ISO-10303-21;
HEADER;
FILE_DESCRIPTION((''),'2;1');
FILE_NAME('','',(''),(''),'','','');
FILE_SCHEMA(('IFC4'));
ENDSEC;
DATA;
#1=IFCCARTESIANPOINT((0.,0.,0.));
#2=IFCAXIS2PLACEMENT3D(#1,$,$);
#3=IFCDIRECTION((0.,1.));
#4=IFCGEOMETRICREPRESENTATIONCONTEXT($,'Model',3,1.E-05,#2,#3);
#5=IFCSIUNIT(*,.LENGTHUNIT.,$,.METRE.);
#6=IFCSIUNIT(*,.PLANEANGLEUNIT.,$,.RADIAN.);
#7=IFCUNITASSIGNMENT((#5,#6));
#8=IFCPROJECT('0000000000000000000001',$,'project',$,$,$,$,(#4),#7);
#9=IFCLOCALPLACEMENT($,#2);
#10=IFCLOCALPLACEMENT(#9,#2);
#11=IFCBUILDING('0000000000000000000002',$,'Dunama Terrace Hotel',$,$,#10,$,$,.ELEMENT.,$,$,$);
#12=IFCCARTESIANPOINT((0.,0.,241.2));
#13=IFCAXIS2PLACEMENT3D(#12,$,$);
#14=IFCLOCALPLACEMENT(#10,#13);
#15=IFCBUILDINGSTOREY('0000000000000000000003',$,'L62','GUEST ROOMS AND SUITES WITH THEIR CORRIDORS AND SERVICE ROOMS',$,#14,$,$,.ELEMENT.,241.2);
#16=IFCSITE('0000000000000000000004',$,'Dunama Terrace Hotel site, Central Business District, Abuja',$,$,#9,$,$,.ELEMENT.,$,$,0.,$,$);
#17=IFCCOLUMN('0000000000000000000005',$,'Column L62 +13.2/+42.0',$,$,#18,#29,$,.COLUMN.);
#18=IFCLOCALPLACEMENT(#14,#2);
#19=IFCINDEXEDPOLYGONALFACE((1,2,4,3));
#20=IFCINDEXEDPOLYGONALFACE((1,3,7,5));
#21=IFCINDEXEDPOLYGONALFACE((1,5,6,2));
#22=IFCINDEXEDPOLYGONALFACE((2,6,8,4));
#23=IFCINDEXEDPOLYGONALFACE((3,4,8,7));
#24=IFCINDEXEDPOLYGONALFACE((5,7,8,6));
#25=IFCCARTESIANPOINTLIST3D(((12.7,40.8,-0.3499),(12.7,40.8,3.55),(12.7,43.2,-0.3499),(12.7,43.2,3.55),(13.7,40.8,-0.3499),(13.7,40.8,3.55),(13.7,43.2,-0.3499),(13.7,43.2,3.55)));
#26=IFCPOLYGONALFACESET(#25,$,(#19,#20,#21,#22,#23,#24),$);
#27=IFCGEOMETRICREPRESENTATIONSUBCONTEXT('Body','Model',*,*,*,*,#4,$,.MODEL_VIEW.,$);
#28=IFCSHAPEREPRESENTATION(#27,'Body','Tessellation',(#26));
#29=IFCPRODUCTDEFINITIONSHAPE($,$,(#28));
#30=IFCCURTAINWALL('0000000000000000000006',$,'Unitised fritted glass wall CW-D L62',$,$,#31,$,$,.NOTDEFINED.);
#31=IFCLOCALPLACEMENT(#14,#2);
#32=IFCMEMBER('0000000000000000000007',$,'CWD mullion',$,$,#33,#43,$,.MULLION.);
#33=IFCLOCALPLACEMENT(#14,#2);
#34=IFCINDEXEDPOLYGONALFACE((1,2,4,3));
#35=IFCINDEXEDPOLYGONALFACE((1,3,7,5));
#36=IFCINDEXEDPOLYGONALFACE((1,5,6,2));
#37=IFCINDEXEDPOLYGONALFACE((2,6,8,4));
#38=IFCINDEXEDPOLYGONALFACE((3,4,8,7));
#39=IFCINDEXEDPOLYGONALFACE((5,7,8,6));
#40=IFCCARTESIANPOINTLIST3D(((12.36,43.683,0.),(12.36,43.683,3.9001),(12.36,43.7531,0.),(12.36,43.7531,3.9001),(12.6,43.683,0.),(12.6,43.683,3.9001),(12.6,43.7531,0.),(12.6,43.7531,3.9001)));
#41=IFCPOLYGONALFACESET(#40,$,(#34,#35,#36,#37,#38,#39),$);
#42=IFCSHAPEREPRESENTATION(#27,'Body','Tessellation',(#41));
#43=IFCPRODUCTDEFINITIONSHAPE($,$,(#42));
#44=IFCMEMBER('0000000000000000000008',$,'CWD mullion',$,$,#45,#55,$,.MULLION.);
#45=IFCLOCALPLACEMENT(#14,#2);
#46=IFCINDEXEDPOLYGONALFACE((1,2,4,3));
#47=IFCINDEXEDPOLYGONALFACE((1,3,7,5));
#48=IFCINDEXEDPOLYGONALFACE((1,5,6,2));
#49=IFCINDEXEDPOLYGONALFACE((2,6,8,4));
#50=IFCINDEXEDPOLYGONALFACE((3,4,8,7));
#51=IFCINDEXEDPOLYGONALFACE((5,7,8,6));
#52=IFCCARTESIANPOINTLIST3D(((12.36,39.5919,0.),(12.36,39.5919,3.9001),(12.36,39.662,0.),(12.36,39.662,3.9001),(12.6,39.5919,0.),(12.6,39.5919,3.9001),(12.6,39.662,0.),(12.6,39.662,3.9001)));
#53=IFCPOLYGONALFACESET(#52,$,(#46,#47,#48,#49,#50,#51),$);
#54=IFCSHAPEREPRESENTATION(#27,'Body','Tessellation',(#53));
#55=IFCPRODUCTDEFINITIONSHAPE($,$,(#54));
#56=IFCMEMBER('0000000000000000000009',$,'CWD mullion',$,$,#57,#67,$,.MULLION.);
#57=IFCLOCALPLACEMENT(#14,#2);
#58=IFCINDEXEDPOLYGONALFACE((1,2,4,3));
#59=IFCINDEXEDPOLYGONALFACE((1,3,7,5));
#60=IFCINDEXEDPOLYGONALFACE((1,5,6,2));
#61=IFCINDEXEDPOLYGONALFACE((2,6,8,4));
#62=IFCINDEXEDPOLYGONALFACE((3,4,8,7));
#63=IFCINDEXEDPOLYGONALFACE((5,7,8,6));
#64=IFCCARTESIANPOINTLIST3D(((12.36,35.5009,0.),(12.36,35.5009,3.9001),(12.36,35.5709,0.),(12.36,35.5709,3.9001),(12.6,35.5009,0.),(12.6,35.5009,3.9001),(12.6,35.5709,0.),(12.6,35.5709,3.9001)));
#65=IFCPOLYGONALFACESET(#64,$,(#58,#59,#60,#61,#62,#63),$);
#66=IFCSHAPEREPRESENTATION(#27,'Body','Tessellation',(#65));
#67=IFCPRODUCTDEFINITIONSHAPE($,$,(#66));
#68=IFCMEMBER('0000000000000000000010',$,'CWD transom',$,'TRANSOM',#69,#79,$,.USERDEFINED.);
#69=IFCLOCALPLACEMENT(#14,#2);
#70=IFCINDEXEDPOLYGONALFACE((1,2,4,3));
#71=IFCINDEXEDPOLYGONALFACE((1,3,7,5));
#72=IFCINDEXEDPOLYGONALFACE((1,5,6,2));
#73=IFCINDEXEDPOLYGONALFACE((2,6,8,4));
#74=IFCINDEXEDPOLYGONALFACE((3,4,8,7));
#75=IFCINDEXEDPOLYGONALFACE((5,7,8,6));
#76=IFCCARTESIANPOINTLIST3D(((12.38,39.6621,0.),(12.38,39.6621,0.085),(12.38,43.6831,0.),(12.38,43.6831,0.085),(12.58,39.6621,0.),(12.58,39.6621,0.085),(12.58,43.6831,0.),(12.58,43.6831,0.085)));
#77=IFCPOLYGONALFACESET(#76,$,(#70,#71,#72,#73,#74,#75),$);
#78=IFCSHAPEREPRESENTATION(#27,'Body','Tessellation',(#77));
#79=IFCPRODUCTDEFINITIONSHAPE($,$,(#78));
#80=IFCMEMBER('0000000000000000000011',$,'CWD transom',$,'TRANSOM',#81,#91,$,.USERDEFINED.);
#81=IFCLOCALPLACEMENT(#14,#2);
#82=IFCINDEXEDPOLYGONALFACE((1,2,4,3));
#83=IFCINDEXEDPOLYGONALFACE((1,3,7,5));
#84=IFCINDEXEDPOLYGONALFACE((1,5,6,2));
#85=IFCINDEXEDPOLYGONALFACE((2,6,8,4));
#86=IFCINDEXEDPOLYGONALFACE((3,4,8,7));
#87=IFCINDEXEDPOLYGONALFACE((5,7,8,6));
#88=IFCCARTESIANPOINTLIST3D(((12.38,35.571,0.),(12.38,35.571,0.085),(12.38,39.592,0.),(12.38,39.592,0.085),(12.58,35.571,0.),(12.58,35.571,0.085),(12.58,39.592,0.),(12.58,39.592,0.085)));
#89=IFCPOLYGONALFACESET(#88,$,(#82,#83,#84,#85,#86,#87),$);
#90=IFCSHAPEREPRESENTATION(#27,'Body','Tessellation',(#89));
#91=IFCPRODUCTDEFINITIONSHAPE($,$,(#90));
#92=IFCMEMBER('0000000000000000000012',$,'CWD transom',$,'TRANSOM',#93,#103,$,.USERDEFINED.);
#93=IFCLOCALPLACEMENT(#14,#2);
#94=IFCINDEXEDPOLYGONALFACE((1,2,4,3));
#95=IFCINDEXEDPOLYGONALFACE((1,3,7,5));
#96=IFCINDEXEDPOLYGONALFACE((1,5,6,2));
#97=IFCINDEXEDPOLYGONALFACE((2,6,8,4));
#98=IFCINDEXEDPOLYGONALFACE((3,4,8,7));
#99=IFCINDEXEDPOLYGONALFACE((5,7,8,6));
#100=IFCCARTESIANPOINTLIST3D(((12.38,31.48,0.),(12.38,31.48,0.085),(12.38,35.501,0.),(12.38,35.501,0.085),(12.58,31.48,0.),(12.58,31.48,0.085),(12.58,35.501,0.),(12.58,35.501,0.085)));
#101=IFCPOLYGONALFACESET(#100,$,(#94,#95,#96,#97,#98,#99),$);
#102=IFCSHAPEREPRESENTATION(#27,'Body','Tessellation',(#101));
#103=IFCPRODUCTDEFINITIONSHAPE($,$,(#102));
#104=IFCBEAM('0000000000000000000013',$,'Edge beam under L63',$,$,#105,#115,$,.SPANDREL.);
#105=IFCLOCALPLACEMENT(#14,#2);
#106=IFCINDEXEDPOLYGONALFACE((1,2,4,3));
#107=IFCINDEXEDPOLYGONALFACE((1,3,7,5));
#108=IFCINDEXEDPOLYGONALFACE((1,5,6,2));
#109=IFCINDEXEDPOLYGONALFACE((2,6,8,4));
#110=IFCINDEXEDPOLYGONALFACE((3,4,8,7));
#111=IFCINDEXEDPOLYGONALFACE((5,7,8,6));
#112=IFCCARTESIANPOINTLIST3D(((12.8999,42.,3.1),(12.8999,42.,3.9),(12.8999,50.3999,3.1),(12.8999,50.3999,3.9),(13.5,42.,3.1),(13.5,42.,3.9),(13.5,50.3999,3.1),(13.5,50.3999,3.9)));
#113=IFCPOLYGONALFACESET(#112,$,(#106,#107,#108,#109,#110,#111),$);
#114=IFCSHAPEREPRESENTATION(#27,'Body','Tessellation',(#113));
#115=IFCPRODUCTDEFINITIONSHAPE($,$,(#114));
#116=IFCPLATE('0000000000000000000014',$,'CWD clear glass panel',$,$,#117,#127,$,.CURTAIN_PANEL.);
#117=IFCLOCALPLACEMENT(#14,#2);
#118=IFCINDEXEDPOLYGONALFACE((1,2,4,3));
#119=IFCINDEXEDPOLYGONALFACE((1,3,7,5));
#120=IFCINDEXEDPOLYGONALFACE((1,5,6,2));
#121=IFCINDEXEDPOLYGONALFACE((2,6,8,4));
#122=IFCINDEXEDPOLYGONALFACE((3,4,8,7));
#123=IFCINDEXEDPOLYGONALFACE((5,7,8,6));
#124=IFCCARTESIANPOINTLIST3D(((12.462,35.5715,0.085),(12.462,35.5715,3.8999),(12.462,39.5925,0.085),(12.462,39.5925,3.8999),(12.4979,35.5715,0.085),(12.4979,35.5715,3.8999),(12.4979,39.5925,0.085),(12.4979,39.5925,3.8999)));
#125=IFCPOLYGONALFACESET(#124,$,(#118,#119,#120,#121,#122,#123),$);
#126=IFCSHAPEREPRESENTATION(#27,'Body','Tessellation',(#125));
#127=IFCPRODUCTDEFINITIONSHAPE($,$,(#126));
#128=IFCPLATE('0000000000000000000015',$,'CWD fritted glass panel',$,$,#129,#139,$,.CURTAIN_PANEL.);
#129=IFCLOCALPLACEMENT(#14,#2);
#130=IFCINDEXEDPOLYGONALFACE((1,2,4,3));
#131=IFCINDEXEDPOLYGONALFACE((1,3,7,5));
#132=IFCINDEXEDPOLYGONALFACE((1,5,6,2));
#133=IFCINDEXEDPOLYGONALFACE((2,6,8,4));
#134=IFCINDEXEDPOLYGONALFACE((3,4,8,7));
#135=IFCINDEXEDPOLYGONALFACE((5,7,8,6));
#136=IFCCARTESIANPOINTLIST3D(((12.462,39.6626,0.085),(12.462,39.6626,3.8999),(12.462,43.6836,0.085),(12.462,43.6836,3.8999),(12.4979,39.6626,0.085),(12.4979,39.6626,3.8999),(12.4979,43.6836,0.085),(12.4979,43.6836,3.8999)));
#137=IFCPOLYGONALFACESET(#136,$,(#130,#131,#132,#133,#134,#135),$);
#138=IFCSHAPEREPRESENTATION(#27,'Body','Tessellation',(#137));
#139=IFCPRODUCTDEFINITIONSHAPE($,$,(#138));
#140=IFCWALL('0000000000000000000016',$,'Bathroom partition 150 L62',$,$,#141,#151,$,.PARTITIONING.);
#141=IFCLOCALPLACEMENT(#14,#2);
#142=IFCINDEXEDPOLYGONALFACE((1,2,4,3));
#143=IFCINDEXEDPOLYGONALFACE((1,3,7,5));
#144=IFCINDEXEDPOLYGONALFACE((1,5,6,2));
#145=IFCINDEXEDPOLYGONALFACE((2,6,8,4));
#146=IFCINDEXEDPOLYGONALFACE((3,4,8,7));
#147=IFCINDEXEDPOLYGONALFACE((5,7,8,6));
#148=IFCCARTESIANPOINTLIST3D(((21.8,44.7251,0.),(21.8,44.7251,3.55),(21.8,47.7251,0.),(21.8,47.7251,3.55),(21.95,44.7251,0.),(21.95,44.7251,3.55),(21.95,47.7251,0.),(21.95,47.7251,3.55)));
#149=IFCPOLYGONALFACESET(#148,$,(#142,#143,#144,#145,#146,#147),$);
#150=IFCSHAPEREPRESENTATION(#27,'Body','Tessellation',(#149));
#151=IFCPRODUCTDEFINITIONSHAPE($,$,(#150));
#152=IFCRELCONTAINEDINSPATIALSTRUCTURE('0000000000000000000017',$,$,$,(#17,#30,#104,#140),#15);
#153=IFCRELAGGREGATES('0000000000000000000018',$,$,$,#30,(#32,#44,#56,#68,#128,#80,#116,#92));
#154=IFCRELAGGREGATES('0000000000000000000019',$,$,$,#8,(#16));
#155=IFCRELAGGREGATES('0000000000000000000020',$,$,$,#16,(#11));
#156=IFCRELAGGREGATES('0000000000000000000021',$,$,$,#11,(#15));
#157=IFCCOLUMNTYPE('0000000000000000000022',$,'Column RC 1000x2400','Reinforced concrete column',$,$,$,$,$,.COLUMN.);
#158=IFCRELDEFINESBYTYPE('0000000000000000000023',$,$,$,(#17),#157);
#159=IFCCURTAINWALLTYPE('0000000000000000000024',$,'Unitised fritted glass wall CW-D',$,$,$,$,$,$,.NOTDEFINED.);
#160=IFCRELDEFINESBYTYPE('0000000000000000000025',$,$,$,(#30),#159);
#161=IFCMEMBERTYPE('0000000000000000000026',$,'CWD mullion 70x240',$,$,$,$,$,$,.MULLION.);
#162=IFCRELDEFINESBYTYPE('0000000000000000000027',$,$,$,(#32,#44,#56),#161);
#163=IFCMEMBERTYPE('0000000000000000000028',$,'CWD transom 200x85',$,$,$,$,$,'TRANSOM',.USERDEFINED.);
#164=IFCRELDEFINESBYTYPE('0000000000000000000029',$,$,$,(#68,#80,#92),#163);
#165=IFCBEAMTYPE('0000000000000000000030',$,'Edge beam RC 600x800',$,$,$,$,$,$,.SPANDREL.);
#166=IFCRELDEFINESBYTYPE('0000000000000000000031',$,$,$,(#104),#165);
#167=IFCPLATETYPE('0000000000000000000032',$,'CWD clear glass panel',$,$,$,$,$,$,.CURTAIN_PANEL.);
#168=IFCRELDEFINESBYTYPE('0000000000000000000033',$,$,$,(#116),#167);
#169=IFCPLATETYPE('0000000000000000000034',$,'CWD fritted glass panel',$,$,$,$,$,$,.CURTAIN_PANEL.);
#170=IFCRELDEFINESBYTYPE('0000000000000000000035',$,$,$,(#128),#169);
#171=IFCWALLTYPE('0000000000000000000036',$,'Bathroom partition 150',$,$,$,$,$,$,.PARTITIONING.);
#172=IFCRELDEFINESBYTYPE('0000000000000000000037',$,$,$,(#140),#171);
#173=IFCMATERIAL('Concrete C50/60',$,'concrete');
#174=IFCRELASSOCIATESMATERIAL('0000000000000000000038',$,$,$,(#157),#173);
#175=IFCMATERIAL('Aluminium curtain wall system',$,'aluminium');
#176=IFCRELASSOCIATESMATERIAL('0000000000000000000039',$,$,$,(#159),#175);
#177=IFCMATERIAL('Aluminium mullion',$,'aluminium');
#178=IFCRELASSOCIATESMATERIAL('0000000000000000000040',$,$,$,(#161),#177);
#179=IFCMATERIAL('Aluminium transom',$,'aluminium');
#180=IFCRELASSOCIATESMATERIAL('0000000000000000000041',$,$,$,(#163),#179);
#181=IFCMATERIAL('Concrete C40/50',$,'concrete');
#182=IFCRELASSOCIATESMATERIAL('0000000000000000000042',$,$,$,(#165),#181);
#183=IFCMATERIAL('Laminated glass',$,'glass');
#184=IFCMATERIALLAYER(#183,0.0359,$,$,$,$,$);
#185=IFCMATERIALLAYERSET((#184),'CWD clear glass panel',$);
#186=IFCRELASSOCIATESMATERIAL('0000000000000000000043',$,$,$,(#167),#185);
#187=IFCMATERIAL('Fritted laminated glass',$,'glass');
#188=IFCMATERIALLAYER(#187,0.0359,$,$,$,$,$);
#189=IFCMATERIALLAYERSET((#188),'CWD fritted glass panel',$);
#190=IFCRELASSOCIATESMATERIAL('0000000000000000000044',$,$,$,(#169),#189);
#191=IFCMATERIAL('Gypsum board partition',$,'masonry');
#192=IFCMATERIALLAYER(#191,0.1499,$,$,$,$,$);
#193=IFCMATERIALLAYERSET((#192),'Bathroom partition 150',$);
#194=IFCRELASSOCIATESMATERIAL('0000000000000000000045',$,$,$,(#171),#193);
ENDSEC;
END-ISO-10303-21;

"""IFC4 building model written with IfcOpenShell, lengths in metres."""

from ifc_helpers import new_model, si_unit, direction, frame, frame_2d, origin, origin_2d, place, context, subcontext, project, spatial, rectangle, extrude, material, layer, layer_set, material_profile, profile_set, type_object, element, aggregate, save


model = new_model("IFC4")

# Units and contexts
model_context = context("Model", 3, precision=1e-05, world=origin(), true_north=direction((0.0, 1.0)))
body_context = subcontext(model_context, "Body", "Model", "MODEL_VIEW")
ifc_project = project(units=[si_unit("LENGTHUNIT", "METRE"), si_unit("PLANEANGLEUNIT", "RADIAN")], contexts=[model_context])

# Site, building, storey
site_placement = place(None, origin())
site = spatial("IfcSite", under=ifc_project, at=site_placement, Name="Dunama Terrace Hotel site, Central Business District, Abuja", CompositionType="ELEMENT", RefElevation=0.0)
building_placement = place(site_placement, origin())
building = spatial("IfcBuilding", under=site, at=building_placement, Name="Dunama Terrace Hotel", CompositionType="ELEMENT")
storey_placement = place(building_placement, frame((0.0, 0.0, 241.2)))
storey = spatial("IfcBuildingStorey", under=building, at=storey_placement, Name="L62", Description="GUEST ROOMS AND SUITES WITH THEIR CORRIDORS AND SERVICE ROOMS", CompositionType="ELEMENT", Elevation=241.2)

# Column
ifc_material_1 = material(Name="Concrete C50/60", Category="concrete")
ifc_material_profile_1 = material_profile(ifc_material_1, rectangle(XDim=1.0, YDim=2.3999, at=origin_2d()), Name="RC 1000x2400")
ifc_profile_set_1 = profile_set([ifc_material_profile_1], Name="Concrete C50/60")
column_type = type_object("IfcColumnType", Name="Column RC 1000x2400", Description="Reinforced concrete column", PredefinedType="COLUMN", material=ifc_profile_set_1)
column_placement = place(storey_placement, frame((13.2, 42.0, -0.3499), z_axis=(0.0, 0.0, 1.0), x_axis=(1.0, 0.0, 0.0)))
element("IfcColumn", 1, at=column_placement, inside=storey, type_object=column_type, Name="Column L62 +13.2/+42.0", PredefinedType="COLUMN", context=body_context, shape_type="SweptSolid", body=[
    extrude(rectangle(XDim=1.0, YDim=2.3999, at=origin_2d()), origin(), (0.0, 0.0, 1.0), 3.8999),
])

# Curtain wall, members
ifc_material_2 = material(Name="Aluminium curtain wall system", Category="aluminium")
curtain_wall_type = type_object("IfcCurtainWallType", Name="Unitised fritted glass wall CW-D", PredefinedType="NOTDEFINED", material=ifc_material_2)
curtain_wall_placement = place(storey_placement, origin())
curtain_wall = element("IfcCurtainWall", 2, at=curtain_wall_placement, inside=storey, type_object=curtain_wall_type, Name="Unitised fritted glass wall CW-D L62", PredefinedType="NOTDEFINED")
ifc_material_3 = material(Name="Aluminium mullion", Category="aluminium")
ifc_material_profile_2 = material_profile(ifc_material_3, rectangle(XDim=0.0701, YDim=0.24, at=origin_2d()), Name="CWD MULLION 70X240")
ifc_profile_set_2 = profile_set([ifc_material_profile_2], Name="Aluminium mullion")
member_type_1 = type_object("IfcMemberType", Name="CWD mullion 70x240", PredefinedType="MULLION", material=ifc_profile_set_2)
member_1_placement = place(storey_placement, frame((12.48, 43.718, 0.0), z_axis=(0.0, 0.0, 1.0), x_axis=(0.0, -1.0, 0.0)))
member_1 = element("IfcMember", 3, at=member_1_placement, type_object=member_type_1, Name="CWD mullion", PredefinedType="MULLION", context=body_context, shape_type="SweptSolid", body=[
    extrude(rectangle(XDim=0.0701, YDim=0.24, at=origin_2d()), origin(), (0.0, 0.0, 1.0), 3.9001),
])
member_2_placement = place(storey_placement, frame((12.48, 39.627, 0.0), z_axis=(0.0, 0.0, 1.0), x_axis=(0.0, -1.0, 0.0)))
member_2 = element("IfcMember", 4, at=member_2_placement, type_object=member_type_1, Name="CWD mullion", PredefinedType="MULLION", context=body_context, shape_type="SweptSolid", body=[
    extrude(rectangle(XDim=0.0701, YDim=0.24, at=origin_2d()), origin(), (0.0, 0.0, 1.0), 3.9001),
])
member_3_placement = place(storey_placement, frame((12.48, 35.5359, 0.0), z_axis=(0.0, 0.0, 1.0), x_axis=(0.0, -1.0, 0.0)))
member_3 = element("IfcMember", 5, at=member_3_placement, type_object=member_type_1, Name="CWD mullion", PredefinedType="MULLION", context=body_context, shape_type="SweptSolid", body=[
    extrude(rectangle(XDim=0.0701, YDim=0.24, at=origin_2d()), origin(), (0.0, 0.0, 1.0), 3.9001),
])
ifc_material_4 = material(Name="Aluminium transom", Category="aluminium")
ifc_material_profile_3 = material_profile(ifc_material_4, rectangle(XDim=0.2, YDim=0.085, at=origin_2d()), Name="CWD TRANSOM 200X85")
ifc_profile_set_3 = profile_set([ifc_material_profile_3], Name="Aluminium transom")
member_type_2 = type_object("IfcMemberType", Name="CWD transom 200x85", ElementType="TRANSOM", PredefinedType="USERDEFINED", material=ifc_profile_set_3)
member_4_placement = place(storey_placement, frame((12.48, 43.6831, 0.0425), z_axis=(0.0, -1.0, 0.0), x_axis=(1.0, 0.0, 0.0)))
member_4 = element("IfcMember", 6, at=member_4_placement, type_object=member_type_2, Name="CWD transom", ObjectType="TRANSOM", PredefinedType="USERDEFINED", context=body_context, shape_type="SweptSolid", body=[
    extrude(rectangle(XDim=0.2, YDim=0.085, at=origin_2d()), origin(), (0.0, 0.0, 1.0), 4.021),
])
member_5_placement = place(storey_placement, frame((12.48, 39.592, 0.0425), z_axis=(0.0, -1.0, 0.0), x_axis=(1.0, 0.0, 0.0)))
member_5 = element("IfcMember", 7, at=member_5_placement, type_object=member_type_2, Name="CWD transom", ObjectType="TRANSOM", PredefinedType="USERDEFINED", context=body_context, shape_type="SweptSolid", body=[
    extrude(rectangle(XDim=0.2, YDim=0.085, at=origin_2d()), origin(), (0.0, 0.0, 1.0), 4.021),
])
member_6_placement = place(storey_placement, frame((12.48, 35.501, 0.0425), z_axis=(0.0, -1.0, 0.0), x_axis=(1.0, 0.0, 0.0)))
member_6 = element("IfcMember", 8, at=member_6_placement, type_object=member_type_2, Name="CWD transom", ObjectType="TRANSOM", PredefinedType="USERDEFINED", context=body_context, shape_type="SweptSolid", body=[
    extrude(rectangle(XDim=0.2, YDim=0.085, at=origin_2d()), origin(), (0.0, 0.0, 1.0), 4.021),
])

# Beam
ifc_material_5 = material(Name="Concrete C40/50", Category="concrete")
ifc_material_profile_4 = material_profile(ifc_material_5, rectangle(XDim=0.6001, YDim=0.8, at=origin_2d()), Name="RC 600x800")
ifc_profile_set_4 = profile_set([ifc_material_profile_4], Name="Concrete C40/50")
beam_type = type_object("IfcBeamType", Name="Edge beam RC 600x800", PredefinedType="SPANDREL", material=ifc_profile_set_4)
beam_placement = place(storey_placement, frame((13.2, 42.0, 3.5), z_axis=(0.0, 1.0, 0.0), x_axis=(-1.0, 0.0, 0.0)))
element("IfcBeam", 9, at=beam_placement, inside=storey, type_object=beam_type, Name="Edge beam under L63", PredefinedType="SPANDREL", context=body_context, shape_type="SweptSolid", body=[
    extrude(rectangle(XDim=0.6001, YDim=0.8, at=origin_2d()), origin(), (0.0, 0.0, 1.0), 8.3999),
])

# Plates
ifc_material_6 = material(Name="Laminated glass", Category="glass")
ifc_layer_1 = layer(ifc_material_6, 0.0359)
ifc_layer_set_1 = layer_set([ifc_layer_1], Name="CWD clear glass panel")
plate_type_1 = type_object("IfcPlateType", Name="CWD clear glass panel", PredefinedType="CURTAIN_PANEL", material=ifc_layer_set_1)
plate_1_placement = place(storey_placement, frame((12.48, 37.582, 0.085), z_axis=(0.0, 0.0, 1.0), x_axis=(0.0, -1.0, 0.0)))
plate_1 = element("IfcPlate", 10, at=plate_1_placement, type_object=plate_type_1, Name="CWD clear glass panel", PredefinedType="CURTAIN_PANEL", context=body_context, shape_type="SweptSolid", body=[
    extrude(rectangle(XDim=4.021, YDim=0.0359, at=origin_2d()), origin(), (0.0, 0.0, 1.0), 3.8149),
])
ifc_material_7 = material(Name="Fritted laminated glass", Category="glass")
ifc_layer_2 = layer(ifc_material_7, 0.0359)
ifc_layer_set_2 = layer_set([ifc_layer_2], Name="CWD fritted glass panel")
plate_type_2 = type_object("IfcPlateType", Name="CWD fritted glass panel", PredefinedType="CURTAIN_PANEL", material=ifc_layer_set_2)
plate_2_placement = place(storey_placement, frame((12.48, 41.6731, 0.085), z_axis=(0.0, 0.0, 1.0), x_axis=(0.0, -1.0, 0.0)))
plate_2 = element("IfcPlate", 11, at=plate_2_placement, type_object=plate_type_2, Name="CWD fritted glass panel", PredefinedType="CURTAIN_PANEL", context=body_context, shape_type="SweptSolid", body=[
    extrude(rectangle(XDim=4.021, YDim=0.0359, at=origin_2d()), origin(), (0.0, 0.0, 1.0), 3.8149),
])
aggregate(curtain_wall, [member_1, member_2, member_3, member_4, plate_2, member_5, plate_1, member_6])

# Wall
ifc_material_8 = material(Name="Gypsum board partition", Category="masonry")
ifc_layer_3 = layer(ifc_material_8, 0.1499)
ifc_layer_set_3 = layer_set([ifc_layer_3], Name="Bathroom partition 150")
wall_type_1 = type_object("IfcWallType", Name="Bathroom partition 150", PredefinedType="PARTITIONING", material=ifc_layer_set_3)
wall_1_placement = place(storey_placement, frame((21.875, 44.7251, 0.0), z_axis=(0.0, 0.0, 1.0), x_axis=(0.0, 1.0, 0.0)))
element("IfcWall", 12, at=wall_1_placement, inside=storey, type_object=wall_type_1, Name="Bathroom partition 150 L62", PredefinedType="PARTITIONING", context=body_context, shape_type="SweptSolid", body=[
    extrude(rectangle(XDim=3.0, YDim=0.1499, at=frame_2d((1.5, 0.0))), origin(), (0.0, 0.0, 1.0), 3.55),
])

save(model, "model.ifc")
